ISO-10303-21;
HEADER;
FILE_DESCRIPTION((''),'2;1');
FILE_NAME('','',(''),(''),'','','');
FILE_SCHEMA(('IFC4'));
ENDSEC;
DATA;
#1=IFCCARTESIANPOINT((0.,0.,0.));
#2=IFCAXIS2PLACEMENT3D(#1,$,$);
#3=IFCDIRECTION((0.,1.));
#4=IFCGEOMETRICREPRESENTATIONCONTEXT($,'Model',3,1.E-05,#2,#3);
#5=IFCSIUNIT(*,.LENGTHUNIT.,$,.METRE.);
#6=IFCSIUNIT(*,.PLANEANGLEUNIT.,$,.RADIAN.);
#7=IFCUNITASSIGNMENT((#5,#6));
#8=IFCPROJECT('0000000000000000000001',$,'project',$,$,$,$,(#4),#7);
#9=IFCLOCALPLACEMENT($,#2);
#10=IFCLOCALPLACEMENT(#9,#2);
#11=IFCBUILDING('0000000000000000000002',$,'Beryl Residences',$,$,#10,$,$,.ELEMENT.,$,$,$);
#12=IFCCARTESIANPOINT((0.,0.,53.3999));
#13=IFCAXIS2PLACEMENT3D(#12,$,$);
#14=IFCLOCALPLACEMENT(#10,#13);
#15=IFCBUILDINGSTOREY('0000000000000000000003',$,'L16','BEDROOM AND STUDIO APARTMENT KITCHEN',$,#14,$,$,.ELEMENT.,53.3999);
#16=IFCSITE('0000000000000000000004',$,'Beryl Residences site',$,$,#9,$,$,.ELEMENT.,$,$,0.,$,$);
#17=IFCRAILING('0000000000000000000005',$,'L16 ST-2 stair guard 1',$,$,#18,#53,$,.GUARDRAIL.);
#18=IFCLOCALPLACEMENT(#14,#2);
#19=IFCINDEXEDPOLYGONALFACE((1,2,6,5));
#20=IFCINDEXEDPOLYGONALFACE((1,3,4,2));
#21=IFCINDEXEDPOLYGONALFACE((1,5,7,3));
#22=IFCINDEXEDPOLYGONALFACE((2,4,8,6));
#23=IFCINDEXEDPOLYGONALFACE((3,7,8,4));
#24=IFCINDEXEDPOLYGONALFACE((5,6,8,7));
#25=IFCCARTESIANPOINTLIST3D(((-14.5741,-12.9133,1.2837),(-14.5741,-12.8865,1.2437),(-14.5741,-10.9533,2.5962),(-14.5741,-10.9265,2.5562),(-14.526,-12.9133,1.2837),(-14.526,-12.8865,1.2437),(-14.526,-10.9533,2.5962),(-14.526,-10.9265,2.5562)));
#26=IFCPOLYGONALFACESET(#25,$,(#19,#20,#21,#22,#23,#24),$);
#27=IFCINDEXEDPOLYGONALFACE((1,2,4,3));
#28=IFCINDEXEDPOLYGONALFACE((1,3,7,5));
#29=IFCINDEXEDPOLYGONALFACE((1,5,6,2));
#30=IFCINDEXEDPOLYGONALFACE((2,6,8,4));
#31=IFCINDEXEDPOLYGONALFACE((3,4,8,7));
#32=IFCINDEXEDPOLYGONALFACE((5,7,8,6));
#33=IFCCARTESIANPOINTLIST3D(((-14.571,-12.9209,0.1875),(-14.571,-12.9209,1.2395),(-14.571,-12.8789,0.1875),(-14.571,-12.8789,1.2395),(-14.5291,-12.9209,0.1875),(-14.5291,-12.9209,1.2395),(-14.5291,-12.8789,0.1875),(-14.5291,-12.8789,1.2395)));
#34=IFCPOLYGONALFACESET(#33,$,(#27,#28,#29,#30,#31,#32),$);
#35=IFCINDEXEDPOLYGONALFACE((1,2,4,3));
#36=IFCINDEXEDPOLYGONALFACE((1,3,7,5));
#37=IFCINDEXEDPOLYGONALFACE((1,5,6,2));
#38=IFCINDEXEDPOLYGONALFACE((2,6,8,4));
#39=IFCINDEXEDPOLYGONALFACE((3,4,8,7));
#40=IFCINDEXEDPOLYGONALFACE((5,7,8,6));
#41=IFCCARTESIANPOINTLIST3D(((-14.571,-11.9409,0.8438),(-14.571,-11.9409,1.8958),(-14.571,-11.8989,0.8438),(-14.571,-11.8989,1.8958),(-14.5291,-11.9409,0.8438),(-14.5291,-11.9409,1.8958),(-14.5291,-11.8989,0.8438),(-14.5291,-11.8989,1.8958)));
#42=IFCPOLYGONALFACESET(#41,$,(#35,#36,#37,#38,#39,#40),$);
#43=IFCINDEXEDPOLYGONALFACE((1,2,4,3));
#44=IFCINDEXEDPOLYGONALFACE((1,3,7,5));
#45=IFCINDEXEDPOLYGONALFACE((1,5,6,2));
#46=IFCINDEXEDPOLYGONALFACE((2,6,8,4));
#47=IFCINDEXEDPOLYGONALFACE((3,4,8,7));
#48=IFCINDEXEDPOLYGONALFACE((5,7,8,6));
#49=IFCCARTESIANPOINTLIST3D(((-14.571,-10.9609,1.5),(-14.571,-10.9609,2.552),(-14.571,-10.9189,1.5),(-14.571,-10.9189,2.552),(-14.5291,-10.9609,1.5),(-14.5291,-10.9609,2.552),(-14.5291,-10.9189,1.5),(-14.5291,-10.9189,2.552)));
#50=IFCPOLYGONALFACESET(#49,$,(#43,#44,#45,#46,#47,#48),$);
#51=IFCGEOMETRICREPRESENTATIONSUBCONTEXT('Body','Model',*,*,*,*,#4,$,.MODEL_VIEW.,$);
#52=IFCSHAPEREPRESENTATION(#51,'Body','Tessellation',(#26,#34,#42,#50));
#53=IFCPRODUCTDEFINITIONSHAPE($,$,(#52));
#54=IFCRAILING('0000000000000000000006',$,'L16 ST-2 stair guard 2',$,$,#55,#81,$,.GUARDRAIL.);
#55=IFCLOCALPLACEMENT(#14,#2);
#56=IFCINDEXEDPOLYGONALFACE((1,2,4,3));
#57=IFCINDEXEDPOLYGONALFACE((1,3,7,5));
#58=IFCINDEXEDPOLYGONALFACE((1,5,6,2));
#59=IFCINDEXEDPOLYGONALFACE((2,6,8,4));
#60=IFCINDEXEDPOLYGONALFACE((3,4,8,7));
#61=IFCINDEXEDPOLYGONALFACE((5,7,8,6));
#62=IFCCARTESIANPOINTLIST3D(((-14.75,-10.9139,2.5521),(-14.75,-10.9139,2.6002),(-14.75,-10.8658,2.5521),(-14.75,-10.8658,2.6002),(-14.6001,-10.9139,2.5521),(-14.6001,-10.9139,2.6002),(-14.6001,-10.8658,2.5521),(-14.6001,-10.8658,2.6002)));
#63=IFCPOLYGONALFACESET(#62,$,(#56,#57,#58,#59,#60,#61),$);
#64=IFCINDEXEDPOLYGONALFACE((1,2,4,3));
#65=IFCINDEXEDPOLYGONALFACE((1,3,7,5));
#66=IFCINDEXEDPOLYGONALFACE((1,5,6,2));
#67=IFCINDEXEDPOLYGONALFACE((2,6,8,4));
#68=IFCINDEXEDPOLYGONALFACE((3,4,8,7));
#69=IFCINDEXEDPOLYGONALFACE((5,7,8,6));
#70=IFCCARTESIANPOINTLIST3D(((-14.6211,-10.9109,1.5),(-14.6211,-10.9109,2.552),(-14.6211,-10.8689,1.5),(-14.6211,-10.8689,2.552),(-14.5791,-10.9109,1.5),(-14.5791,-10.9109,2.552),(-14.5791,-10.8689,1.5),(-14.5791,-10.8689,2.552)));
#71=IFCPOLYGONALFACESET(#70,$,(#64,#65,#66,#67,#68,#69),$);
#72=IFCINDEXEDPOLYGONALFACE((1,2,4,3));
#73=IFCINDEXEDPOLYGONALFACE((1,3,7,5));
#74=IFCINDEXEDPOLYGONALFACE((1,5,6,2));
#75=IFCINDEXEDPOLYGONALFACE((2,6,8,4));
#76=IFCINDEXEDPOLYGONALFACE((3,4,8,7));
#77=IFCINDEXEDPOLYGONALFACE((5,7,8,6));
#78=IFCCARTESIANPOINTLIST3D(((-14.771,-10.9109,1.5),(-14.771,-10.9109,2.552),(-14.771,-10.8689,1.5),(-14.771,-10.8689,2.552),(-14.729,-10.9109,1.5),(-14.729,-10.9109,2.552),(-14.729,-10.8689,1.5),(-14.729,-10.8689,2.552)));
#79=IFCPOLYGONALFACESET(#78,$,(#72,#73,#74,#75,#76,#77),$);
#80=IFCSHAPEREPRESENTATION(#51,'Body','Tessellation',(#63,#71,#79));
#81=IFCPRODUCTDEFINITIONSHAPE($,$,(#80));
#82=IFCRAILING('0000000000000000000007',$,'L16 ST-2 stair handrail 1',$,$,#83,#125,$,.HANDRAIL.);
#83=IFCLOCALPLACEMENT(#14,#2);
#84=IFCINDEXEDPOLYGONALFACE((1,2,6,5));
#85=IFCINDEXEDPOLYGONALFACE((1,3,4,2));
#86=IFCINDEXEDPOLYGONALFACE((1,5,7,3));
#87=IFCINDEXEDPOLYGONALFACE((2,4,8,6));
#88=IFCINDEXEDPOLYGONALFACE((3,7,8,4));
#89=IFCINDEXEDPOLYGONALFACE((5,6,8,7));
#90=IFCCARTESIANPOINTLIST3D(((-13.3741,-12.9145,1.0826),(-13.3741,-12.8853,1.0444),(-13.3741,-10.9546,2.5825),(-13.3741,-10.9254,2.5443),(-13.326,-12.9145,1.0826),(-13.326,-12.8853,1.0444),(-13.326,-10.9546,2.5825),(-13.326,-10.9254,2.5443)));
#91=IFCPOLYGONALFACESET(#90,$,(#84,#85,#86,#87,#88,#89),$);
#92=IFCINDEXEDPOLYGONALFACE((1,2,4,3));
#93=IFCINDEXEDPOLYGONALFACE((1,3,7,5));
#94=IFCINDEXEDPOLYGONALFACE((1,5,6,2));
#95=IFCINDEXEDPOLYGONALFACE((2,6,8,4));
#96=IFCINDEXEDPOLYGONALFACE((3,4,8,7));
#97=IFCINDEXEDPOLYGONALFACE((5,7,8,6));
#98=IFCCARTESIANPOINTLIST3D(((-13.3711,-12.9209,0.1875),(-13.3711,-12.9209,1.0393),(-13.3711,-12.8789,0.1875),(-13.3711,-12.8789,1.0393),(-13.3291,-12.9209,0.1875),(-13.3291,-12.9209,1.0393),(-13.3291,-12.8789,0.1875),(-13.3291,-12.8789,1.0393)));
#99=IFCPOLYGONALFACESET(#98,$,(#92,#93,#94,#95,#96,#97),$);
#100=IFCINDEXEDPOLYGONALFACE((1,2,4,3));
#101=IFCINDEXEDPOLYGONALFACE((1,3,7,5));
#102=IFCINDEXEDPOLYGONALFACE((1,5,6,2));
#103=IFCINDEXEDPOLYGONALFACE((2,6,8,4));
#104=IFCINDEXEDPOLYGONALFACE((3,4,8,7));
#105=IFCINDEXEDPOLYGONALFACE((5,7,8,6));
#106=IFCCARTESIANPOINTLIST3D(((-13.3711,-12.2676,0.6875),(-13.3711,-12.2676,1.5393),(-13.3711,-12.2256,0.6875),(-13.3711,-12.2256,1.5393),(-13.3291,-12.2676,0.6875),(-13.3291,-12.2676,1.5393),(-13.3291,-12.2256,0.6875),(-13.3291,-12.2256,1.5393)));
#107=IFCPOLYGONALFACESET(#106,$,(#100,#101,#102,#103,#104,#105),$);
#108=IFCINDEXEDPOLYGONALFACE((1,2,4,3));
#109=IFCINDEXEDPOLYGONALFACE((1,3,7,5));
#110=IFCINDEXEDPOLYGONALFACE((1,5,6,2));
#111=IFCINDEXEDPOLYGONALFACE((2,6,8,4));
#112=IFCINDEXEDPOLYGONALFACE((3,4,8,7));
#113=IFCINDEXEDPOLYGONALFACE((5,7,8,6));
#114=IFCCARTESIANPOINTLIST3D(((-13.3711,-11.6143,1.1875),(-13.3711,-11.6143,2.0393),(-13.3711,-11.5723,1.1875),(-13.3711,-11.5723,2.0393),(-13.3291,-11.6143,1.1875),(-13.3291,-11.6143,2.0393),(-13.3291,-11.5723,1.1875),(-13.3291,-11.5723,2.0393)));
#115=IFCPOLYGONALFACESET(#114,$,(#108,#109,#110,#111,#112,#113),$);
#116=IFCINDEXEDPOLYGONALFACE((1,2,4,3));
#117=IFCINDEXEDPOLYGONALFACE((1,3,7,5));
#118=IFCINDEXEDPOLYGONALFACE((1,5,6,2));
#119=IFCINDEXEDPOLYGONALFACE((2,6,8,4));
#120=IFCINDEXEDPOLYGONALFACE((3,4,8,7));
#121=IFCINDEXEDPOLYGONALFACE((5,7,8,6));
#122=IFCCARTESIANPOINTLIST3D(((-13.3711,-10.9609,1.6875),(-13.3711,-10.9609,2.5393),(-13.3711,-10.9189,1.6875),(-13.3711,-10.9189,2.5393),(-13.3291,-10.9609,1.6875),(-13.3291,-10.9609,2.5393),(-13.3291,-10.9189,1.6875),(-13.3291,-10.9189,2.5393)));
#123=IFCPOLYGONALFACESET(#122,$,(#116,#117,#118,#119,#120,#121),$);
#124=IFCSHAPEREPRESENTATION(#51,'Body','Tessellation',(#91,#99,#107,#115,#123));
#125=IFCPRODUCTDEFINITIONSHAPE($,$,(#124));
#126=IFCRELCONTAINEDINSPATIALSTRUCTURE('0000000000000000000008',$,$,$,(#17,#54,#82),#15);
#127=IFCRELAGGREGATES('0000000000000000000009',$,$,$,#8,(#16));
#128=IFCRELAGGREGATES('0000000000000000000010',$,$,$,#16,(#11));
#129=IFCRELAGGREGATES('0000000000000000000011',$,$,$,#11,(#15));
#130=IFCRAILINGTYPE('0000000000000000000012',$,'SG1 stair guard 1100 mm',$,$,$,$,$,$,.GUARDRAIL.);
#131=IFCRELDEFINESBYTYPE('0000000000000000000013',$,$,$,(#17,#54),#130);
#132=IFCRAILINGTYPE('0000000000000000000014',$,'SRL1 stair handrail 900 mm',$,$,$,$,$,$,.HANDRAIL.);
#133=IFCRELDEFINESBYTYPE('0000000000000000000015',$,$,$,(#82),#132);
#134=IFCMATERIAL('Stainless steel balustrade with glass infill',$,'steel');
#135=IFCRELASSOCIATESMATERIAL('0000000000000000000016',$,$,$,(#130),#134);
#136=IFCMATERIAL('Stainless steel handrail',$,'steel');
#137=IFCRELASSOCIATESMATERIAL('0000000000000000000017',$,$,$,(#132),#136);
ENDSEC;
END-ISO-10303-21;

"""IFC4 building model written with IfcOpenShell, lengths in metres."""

from ifc_helpers import new_model, si_unit, direction, frame, origin, origin_2d, place, context, subcontext, project, spatial, rectangle, extrude, material, type_object, element, save


model = new_model("IFC4")

# Units and contexts
model_context = context("Model", 3, precision=1e-05, world=origin(), true_north=direction((0.0, 1.0)))
body_context = subcontext(model_context, "Body", "Model", "MODEL_VIEW")
ifc_project = project(units=[si_unit("LENGTHUNIT", "METRE"), si_unit("PLANEANGLEUNIT", "RADIAN")], contexts=[model_context])

# Site, building, storey
site_placement = place(None, origin())
site = spatial("IfcSite", under=ifc_project, at=site_placement, Name="Beryl Residences site", CompositionType="ELEMENT", RefElevation=0.0)
building_placement = place(site_placement, origin())
building = spatial("IfcBuilding", under=site, at=building_placement, Name="Beryl Residences", CompositionType="ELEMENT")
storey_placement = place(building_placement, frame((0.0, 0.0, 53.3999)))
storey = spatial("IfcBuildingStorey", under=building, at=storey_placement, Name="L16", Description="BEDROOM AND STUDIO APARTMENT KITCHEN", CompositionType="ELEMENT", Elevation=53.3999)

# Railings
ifc_material_1 = material(Name="Stainless steel balustrade with glass infill", Category="steel")
railing_type_1 = type_object("IfcRailingType", Name="SG1 stair guard 1100 mm", PredefinedType="GUARDRAIL", material=ifc_material_1)
railing_1_placement = place(storey_placement, frame((-14.55, -12.8999, 0.1875)))
element("IfcRailing", 1, at=railing_1_placement, inside=storey, type_object=railing_type_1, Name="L16 ST-2 stair guard 1", PredefinedType="GUARDRAIL", context=body_context, shape_type="SweptSolid", body=[
    extrude(rectangle(XDim=0.0481, YDim=0.0481, at=origin_2d()), frame((0.0, 0.0, 1.0762), z_axis=(0.0, 0.830902, 0.556419), x_axis=(-1.0, 0.0, 0.0)), (0.0, 0.0, 1.0), 2.3589),
    extrude(rectangle(XDim=0.042, YDim=0.042, at=origin_2d()), origin(), (0.0, 0.0, 1.0), 1.052),
    extrude(rectangle(XDim=0.042, YDim=0.042, at=origin_2d()), frame((0.0, 0.98, 0.6562)), (0.0, 0.0, 1.0), 1.052),
    extrude(rectangle(XDim=0.042, YDim=0.042, at=origin_2d()), frame((0.0, 1.96, 1.3125)), (0.0, 0.0, 1.0), 1.052),
])
railing_2_placement = place(storey_placement, frame((-14.6001, -10.8899, 1.5)))
element("IfcRailing", 2, at=railing_2_placement, inside=storey, type_object=railing_type_1, Name="L16 ST-2 stair guard 2", PredefinedType="GUARDRAIL", context=body_context, shape_type="SweptSolid", body=[
    extrude(rectangle(XDim=0.0481, YDim=0.0481, at=origin_2d()), frame((0.0, 0.0, 1.0762), z_axis=(-1.0, 0.0, 0.0), x_axis=(0.0, -1.0, 0.0)), (0.0, 0.0, 1.0), 0.1499),
    extrude(rectangle(XDim=0.042, YDim=0.042, at=origin_2d()), origin(), (0.0, 0.0, 1.0), 1.052),
    extrude(rectangle(XDim=0.042, YDim=0.042, at=origin_2d()), frame((-0.1499, 0.0, 0.0)), (0.0, 0.0, 1.0), 1.052),
])
ifc_material_2 = material(Name="Stainless steel handrail", Category="steel")
railing_type_2 = type_object("IfcRailingType", Name="SRL1 stair handrail 900 mm", PredefinedType="HANDRAIL", material=ifc_material_2)
railing_3_placement = place(storey_placement, frame((-13.3501, -12.8999, 0.1875)))
element("IfcRailing", 3, at=railing_3_placement, inside=storey, type_object=railing_type_2, Name="L16 ST-2 stair handrail 1", PredefinedType="HANDRAIL", context=body_context, shape_type="SweptSolid", body=[
    extrude(rectangle(XDim=0.0481, YDim=0.0481, at=origin_2d()), frame((0.0, 0.0, 0.876), z_axis=(0.0, 0.794122, 0.607758), x_axis=(-1.0, 0.0, 0.0)), (0.0, 0.0, 1.0), 2.468),
    extrude(rectangle(XDim=0.042, YDim=0.042, at=origin_2d()), origin(), (0.0, 0.0, 1.0), 0.8518),
    extrude(rectangle(XDim=0.042, YDim=0.042, at=origin_2d()), frame((0.0, 0.6533, 0.5)), (0.0, 0.0, 1.0), 0.8518),
    extrude(rectangle(XDim=0.042, YDim=0.042, at=origin_2d()), frame((0.0, 1.3066, 1.0)), (0.0, 0.0, 1.0), 0.8518),
    extrude(rectangle(XDim=0.042, YDim=0.042, at=origin_2d()), frame((0.0, 1.96, 1.5)), (0.0, 0.0, 1.0), 0.8518),
])

save(model, "model.ifc")
